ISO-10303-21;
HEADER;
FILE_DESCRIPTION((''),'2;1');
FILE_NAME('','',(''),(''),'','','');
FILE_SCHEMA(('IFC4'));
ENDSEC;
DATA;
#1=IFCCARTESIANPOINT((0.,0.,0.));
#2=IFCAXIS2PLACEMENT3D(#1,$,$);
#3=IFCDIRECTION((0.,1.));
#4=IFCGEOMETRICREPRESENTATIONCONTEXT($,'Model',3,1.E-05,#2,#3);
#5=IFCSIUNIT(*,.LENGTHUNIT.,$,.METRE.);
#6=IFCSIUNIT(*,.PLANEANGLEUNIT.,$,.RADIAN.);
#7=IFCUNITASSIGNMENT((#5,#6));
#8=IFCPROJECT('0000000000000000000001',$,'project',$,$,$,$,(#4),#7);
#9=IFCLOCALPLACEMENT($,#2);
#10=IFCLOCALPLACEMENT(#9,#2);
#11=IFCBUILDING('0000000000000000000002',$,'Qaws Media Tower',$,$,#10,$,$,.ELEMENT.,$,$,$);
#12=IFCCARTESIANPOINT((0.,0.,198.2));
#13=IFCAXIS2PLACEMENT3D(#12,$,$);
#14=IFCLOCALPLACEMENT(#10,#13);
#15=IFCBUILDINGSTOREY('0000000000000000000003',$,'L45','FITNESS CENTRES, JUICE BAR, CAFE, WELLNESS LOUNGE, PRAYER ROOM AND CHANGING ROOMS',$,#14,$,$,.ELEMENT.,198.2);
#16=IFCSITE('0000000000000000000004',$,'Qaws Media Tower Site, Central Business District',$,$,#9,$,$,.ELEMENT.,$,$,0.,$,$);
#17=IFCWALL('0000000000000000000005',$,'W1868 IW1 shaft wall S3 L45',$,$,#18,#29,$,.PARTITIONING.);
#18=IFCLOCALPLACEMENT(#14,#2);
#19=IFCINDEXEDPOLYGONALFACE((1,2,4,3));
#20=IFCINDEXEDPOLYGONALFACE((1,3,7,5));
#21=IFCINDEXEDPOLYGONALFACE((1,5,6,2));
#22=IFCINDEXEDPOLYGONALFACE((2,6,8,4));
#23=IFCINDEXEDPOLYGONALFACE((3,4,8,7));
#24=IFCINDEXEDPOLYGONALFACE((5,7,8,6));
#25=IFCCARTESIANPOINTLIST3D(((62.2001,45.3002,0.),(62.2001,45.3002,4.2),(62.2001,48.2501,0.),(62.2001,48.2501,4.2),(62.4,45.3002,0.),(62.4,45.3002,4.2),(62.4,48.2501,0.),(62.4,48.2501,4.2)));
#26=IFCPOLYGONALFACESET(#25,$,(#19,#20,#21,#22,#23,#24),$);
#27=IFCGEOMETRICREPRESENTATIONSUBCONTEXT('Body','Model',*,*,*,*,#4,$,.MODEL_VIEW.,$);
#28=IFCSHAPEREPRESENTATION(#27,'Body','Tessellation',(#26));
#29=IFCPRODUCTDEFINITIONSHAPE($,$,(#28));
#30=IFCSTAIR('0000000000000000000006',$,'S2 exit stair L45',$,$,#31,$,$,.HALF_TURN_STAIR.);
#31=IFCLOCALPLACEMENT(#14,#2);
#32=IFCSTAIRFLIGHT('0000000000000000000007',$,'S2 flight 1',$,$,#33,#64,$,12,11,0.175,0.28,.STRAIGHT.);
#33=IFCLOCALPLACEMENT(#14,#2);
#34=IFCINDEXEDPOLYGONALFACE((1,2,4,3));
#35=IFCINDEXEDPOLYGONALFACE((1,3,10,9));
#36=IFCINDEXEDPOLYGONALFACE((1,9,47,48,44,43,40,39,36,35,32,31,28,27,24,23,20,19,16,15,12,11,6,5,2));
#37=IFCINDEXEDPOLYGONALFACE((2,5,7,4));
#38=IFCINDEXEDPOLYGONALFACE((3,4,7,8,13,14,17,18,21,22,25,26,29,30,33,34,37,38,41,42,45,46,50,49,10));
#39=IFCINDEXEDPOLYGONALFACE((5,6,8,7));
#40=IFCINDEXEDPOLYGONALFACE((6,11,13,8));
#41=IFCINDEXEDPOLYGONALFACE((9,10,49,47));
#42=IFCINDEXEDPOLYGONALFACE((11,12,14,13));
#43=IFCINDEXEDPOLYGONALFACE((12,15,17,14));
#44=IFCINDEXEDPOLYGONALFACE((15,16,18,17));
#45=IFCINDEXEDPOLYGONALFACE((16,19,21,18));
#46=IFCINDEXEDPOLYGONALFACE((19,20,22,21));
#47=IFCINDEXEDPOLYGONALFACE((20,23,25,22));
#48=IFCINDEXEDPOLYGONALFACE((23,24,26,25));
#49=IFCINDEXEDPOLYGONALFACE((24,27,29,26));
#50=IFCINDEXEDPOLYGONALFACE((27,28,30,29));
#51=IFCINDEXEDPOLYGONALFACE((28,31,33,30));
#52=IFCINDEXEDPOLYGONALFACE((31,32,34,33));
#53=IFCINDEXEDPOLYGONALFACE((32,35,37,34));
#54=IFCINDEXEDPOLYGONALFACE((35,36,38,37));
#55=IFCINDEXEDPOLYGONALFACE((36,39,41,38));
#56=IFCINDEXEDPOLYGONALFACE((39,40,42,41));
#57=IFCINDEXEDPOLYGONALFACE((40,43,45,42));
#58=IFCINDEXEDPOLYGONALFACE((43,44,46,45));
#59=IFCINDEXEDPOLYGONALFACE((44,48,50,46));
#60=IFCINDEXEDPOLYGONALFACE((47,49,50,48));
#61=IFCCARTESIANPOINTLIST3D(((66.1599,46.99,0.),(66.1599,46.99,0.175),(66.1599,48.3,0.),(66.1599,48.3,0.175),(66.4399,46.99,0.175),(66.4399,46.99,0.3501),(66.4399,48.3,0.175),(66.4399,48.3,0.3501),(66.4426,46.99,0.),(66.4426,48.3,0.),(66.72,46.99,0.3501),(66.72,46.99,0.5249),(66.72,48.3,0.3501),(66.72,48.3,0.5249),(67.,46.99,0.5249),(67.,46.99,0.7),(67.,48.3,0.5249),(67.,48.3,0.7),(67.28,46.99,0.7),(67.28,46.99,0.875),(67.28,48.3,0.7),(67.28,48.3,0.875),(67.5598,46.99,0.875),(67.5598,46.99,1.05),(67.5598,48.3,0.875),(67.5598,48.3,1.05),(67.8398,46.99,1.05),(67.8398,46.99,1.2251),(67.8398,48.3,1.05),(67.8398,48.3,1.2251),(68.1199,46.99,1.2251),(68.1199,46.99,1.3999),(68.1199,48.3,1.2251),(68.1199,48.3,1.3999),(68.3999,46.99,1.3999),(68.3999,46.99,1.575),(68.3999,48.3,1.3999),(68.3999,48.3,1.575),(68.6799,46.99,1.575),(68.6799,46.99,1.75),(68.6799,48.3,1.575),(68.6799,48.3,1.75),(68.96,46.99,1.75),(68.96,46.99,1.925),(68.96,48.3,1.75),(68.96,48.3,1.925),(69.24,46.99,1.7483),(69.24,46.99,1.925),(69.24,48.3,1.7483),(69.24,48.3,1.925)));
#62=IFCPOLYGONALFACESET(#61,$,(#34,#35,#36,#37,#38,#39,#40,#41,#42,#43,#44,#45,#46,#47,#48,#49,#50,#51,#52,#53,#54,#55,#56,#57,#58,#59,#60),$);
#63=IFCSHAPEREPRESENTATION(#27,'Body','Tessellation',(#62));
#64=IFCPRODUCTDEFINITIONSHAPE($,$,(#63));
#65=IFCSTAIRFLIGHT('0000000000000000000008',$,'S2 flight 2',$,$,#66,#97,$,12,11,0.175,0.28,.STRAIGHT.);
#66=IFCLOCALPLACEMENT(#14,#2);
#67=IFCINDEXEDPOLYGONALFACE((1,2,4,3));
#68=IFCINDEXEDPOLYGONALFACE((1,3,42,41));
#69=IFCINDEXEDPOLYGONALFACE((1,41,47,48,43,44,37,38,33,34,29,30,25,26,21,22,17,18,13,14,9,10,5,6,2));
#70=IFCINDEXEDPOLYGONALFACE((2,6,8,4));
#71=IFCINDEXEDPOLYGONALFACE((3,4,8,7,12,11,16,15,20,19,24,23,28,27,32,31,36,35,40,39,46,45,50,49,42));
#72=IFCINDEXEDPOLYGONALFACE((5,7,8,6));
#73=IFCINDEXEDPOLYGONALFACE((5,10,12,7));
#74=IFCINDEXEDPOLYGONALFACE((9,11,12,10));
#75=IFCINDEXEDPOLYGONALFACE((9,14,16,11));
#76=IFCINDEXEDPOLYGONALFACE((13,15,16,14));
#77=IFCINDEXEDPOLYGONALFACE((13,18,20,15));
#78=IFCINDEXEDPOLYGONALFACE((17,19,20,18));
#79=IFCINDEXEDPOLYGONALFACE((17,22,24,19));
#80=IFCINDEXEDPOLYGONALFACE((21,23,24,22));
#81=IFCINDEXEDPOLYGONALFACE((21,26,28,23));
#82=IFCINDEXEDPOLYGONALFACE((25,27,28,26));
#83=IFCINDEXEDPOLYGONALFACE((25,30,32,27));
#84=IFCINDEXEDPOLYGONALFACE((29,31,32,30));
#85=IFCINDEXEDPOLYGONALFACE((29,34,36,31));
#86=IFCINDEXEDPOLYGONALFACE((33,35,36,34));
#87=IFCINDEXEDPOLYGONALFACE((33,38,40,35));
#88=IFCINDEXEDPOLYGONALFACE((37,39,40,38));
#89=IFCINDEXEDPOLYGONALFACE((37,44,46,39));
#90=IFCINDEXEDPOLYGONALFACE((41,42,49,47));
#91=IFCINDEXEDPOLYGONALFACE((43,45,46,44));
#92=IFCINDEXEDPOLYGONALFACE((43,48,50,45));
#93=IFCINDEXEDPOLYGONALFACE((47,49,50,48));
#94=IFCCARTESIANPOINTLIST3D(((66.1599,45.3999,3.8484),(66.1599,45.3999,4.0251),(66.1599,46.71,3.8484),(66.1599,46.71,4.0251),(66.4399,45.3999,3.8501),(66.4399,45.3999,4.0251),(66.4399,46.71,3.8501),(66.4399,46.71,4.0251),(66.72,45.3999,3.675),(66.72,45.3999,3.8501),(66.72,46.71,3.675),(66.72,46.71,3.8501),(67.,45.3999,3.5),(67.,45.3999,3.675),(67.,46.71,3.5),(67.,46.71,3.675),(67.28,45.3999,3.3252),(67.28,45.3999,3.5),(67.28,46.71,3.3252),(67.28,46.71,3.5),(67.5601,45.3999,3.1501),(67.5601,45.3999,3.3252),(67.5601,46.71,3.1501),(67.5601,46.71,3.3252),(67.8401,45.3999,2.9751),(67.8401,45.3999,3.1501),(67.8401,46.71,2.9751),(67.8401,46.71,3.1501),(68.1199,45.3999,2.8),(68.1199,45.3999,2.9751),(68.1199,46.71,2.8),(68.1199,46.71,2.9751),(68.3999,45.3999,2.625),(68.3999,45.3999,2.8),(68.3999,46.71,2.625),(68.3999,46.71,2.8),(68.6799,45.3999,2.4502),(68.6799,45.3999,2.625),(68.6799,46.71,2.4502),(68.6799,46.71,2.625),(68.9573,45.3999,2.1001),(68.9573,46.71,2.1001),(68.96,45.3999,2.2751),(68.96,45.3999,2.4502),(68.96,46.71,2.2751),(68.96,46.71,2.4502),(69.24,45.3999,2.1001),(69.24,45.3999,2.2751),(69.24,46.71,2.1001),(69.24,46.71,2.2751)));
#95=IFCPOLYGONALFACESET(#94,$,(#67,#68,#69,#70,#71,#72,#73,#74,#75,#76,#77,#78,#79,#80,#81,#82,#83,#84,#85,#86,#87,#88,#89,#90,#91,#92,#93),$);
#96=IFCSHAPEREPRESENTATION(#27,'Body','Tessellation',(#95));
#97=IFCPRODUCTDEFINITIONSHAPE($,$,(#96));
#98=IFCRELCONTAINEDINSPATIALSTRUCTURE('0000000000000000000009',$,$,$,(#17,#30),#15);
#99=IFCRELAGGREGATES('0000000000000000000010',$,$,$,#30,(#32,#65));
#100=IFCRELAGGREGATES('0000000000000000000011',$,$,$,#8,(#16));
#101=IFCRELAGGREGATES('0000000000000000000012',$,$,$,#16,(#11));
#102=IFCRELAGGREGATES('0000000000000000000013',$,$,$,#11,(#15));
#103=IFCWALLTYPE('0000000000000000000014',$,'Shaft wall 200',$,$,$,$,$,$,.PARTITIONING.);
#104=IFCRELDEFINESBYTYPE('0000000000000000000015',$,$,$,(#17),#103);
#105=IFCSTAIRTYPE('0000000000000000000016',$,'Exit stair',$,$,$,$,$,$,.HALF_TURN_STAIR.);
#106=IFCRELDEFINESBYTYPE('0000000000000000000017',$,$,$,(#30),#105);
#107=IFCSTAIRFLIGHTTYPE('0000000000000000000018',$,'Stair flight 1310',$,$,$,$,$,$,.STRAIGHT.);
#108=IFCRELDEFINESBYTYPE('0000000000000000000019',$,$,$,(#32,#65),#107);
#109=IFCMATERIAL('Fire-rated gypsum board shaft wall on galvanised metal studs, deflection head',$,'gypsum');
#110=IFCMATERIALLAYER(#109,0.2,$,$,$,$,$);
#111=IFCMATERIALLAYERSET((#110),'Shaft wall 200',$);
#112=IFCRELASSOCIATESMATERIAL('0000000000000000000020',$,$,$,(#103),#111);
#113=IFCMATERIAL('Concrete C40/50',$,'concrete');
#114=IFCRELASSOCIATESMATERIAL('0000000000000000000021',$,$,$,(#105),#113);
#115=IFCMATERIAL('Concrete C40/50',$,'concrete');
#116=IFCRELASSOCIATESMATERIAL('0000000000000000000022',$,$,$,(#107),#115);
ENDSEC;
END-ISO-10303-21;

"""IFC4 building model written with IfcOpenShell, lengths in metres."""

from ifc_helpers import new_model, si_unit, direction, frame, frame_2d, origin, place, context, subcontext, project, spatial, polyline, rectangle, outline, extrude, material, layer, layer_set, type_object, element, aggregate, save


model = new_model("IFC4")

# Units and contexts
model_context = context("Model", 3, precision=1e-05, world=origin(), true_north=direction((0.0, 1.0)))
body_context = subcontext(model_context, "Body", "Model", "MODEL_VIEW")
ifc_project = project(units=[si_unit("LENGTHUNIT", "METRE"), si_unit("PLANEANGLEUNIT", "RADIAN")], contexts=[model_context])

# Site, building, storey
site_placement = place(None, origin())
site = spatial("IfcSite", under=ifc_project, at=site_placement, Name="Qaws Media Tower Site, Central Business District", CompositionType="ELEMENT", RefElevation=0.0)
building_placement = place(site_placement, origin())
building = spatial("IfcBuilding", under=site, at=building_placement, Name="Qaws Media Tower", CompositionType="ELEMENT")
storey_placement = place(building_placement, frame((0.0, 0.0, 198.2)))
storey = spatial("IfcBuildingStorey", under=building, at=storey_placement, Name="L45", Description="FITNESS CENTRES, JUICE BAR, CAFE, WELLNESS LOUNGE, PRAYER ROOM AND CHANGING ROOMS", CompositionType="ELEMENT", Elevation=198.2)

# Wall
ifc_material_1 = material(Name="Fire-rated gypsum board shaft wall on galvanised metal studs, deflection head", Category="gypsum")
ifc_layer_1 = layer(ifc_material_1, 0.2)
ifc_layer_set_1 = layer_set([ifc_layer_1], Name="Shaft wall 200")
wall_type_1 = type_object("IfcWallType", Name="Shaft wall 200", PredefinedType="PARTITIONING", material=ifc_layer_set_1)
for number, where, z_axis, x_axis, name in (
    (1, (62.3, 45.3, 0.0), (0.0, 0.0, 1.0), (0.0, 1.0, 0.0), "W1868 IW1 shaft wall S3 L45"),
):
    element("IfcWall", number, at=place(storey_placement, frame(where, z_axis=z_axis, x_axis=x_axis)), inside=storey, type_object=wall_type_1, Name=name, PredefinedType="PARTITIONING", context=body_context, shape_type="SweptSolid", body=[
        extrude(rectangle(XDim=2.95, YDim=0.2, at=frame_2d((1.4751, 0.0))), origin(), (0.0, 0.0, 1.0), 4.2),
    ])

# Stair, stair flights
ifc_material_2 = material(Name="Concrete C40/50", Category="concrete")
stair_type = type_object("IfcStairType", Name="Exit stair", PredefinedType="HALF_TURN_STAIR", material=ifc_material_2)
stair_placement = place(storey_placement, origin())
stair = element("IfcStair", 2, at=stair_placement, inside=storey, type_object=stair_type, Name="S2 exit stair L45", PredefinedType="HALF_TURN_STAIR")
ifc_material_3 = material(Name="Concrete C40/50", Category="concrete")
stair_flight_type = type_object("IfcStairFlightType", Name="Stair flight 1310", PredefinedType="STRAIGHT", material=ifc_material_3)
stair_flight_1_placement = place(storey_placement, frame((66.1599, 47.645, 0.0), z_axis=(0.0, 0.0, 1.0), x_axis=(1.0, 0.0, 0.0)))
stair_flight_1 = element("IfcStairFlight", 3, at=stair_flight_1_placement, type_object=stair_flight_type, Name="S2 flight 1", NumberOfRisers=12, NumberOfTreads=11, PredefinedType="STRAIGHT", RiserHeight=0.175, TreadLength=0.28, context=body_context, shape_type="SweptSolid", body=[
    extrude(outline(polyline([(0.0, 0.0), (0.0, 0.175), (0.28, 0.175), (0.28, 0.3501), (0.5601, 0.3501), (0.5601, 0.5249), (0.8401, 0.5249), (0.8401, 0.7), (1.1201, 0.7), (1.1201, 0.875), (1.3999, 0.875), (1.3999, 1.05), (1.6799, 1.05), (1.6799, 1.2251), (1.96, 1.2251), (1.96, 1.3999), (2.24, 1.3999), (2.24, 1.575), (2.52, 1.575), (2.52, 1.75), (2.8, 1.75), (2.8, 1.925), (3.0801, 1.925), (3.0801, 2.1001), (3.0801, 1.7483), (0.2827, 0.0), (0.0, 0.0)])), frame((0.0, 0.655, 0.0), z_axis=(0.0, -1.0, 0.0), x_axis=(1.0, 0.0, 0.0)), (0.0, 0.0, 1.0), 1.3101),
])
stair_flight_2_placement = place(storey_placement, frame((69.24, 46.0549, 2.1001), z_axis=(0.0, 0.0, 1.0), x_axis=(-1.0, 0.0, 0.0)))
stair_flight_2 = element("IfcStairFlight", 4, at=stair_flight_2_placement, type_object=stair_flight_type, Name="S2 flight 2", NumberOfRisers=12, NumberOfTreads=11, PredefinedType="STRAIGHT", RiserHeight=0.175, TreadLength=0.28, context=body_context, shape_type="SweptSolid", body=[
    extrude(outline(polyline([(0.0, 0.0), (0.0, 0.175), (0.28, 0.175), (0.28, 0.3501), (0.5601, 0.3501), (0.5601, 0.5249), (0.8401, 0.5249), (0.8401, 0.7), (1.1201, 0.7), (1.1201, 0.875), (1.3999, 0.875), (1.3999, 1.05), (1.6799, 1.05), (1.6799, 1.2251), (1.96, 1.2251), (1.96, 1.3999), (2.24, 1.3999), (2.24, 1.575), (2.52, 1.575), (2.52, 1.75), (2.8, 1.75), (2.8, 1.925), (3.0801, 1.925), (3.0801, 2.1001), (3.0801, 1.7483), (0.2827, 0.0), (0.0, 0.0)])), frame((0.0, 0.655, 0.0), z_axis=(0.0, -1.0, 0.0), x_axis=(1.0, 0.0, 0.0)), (0.0, 0.0, 1.0), 1.3101),
])
aggregate(stair, [stair_flight_1, stair_flight_2])

save(model, "model.ifc")
